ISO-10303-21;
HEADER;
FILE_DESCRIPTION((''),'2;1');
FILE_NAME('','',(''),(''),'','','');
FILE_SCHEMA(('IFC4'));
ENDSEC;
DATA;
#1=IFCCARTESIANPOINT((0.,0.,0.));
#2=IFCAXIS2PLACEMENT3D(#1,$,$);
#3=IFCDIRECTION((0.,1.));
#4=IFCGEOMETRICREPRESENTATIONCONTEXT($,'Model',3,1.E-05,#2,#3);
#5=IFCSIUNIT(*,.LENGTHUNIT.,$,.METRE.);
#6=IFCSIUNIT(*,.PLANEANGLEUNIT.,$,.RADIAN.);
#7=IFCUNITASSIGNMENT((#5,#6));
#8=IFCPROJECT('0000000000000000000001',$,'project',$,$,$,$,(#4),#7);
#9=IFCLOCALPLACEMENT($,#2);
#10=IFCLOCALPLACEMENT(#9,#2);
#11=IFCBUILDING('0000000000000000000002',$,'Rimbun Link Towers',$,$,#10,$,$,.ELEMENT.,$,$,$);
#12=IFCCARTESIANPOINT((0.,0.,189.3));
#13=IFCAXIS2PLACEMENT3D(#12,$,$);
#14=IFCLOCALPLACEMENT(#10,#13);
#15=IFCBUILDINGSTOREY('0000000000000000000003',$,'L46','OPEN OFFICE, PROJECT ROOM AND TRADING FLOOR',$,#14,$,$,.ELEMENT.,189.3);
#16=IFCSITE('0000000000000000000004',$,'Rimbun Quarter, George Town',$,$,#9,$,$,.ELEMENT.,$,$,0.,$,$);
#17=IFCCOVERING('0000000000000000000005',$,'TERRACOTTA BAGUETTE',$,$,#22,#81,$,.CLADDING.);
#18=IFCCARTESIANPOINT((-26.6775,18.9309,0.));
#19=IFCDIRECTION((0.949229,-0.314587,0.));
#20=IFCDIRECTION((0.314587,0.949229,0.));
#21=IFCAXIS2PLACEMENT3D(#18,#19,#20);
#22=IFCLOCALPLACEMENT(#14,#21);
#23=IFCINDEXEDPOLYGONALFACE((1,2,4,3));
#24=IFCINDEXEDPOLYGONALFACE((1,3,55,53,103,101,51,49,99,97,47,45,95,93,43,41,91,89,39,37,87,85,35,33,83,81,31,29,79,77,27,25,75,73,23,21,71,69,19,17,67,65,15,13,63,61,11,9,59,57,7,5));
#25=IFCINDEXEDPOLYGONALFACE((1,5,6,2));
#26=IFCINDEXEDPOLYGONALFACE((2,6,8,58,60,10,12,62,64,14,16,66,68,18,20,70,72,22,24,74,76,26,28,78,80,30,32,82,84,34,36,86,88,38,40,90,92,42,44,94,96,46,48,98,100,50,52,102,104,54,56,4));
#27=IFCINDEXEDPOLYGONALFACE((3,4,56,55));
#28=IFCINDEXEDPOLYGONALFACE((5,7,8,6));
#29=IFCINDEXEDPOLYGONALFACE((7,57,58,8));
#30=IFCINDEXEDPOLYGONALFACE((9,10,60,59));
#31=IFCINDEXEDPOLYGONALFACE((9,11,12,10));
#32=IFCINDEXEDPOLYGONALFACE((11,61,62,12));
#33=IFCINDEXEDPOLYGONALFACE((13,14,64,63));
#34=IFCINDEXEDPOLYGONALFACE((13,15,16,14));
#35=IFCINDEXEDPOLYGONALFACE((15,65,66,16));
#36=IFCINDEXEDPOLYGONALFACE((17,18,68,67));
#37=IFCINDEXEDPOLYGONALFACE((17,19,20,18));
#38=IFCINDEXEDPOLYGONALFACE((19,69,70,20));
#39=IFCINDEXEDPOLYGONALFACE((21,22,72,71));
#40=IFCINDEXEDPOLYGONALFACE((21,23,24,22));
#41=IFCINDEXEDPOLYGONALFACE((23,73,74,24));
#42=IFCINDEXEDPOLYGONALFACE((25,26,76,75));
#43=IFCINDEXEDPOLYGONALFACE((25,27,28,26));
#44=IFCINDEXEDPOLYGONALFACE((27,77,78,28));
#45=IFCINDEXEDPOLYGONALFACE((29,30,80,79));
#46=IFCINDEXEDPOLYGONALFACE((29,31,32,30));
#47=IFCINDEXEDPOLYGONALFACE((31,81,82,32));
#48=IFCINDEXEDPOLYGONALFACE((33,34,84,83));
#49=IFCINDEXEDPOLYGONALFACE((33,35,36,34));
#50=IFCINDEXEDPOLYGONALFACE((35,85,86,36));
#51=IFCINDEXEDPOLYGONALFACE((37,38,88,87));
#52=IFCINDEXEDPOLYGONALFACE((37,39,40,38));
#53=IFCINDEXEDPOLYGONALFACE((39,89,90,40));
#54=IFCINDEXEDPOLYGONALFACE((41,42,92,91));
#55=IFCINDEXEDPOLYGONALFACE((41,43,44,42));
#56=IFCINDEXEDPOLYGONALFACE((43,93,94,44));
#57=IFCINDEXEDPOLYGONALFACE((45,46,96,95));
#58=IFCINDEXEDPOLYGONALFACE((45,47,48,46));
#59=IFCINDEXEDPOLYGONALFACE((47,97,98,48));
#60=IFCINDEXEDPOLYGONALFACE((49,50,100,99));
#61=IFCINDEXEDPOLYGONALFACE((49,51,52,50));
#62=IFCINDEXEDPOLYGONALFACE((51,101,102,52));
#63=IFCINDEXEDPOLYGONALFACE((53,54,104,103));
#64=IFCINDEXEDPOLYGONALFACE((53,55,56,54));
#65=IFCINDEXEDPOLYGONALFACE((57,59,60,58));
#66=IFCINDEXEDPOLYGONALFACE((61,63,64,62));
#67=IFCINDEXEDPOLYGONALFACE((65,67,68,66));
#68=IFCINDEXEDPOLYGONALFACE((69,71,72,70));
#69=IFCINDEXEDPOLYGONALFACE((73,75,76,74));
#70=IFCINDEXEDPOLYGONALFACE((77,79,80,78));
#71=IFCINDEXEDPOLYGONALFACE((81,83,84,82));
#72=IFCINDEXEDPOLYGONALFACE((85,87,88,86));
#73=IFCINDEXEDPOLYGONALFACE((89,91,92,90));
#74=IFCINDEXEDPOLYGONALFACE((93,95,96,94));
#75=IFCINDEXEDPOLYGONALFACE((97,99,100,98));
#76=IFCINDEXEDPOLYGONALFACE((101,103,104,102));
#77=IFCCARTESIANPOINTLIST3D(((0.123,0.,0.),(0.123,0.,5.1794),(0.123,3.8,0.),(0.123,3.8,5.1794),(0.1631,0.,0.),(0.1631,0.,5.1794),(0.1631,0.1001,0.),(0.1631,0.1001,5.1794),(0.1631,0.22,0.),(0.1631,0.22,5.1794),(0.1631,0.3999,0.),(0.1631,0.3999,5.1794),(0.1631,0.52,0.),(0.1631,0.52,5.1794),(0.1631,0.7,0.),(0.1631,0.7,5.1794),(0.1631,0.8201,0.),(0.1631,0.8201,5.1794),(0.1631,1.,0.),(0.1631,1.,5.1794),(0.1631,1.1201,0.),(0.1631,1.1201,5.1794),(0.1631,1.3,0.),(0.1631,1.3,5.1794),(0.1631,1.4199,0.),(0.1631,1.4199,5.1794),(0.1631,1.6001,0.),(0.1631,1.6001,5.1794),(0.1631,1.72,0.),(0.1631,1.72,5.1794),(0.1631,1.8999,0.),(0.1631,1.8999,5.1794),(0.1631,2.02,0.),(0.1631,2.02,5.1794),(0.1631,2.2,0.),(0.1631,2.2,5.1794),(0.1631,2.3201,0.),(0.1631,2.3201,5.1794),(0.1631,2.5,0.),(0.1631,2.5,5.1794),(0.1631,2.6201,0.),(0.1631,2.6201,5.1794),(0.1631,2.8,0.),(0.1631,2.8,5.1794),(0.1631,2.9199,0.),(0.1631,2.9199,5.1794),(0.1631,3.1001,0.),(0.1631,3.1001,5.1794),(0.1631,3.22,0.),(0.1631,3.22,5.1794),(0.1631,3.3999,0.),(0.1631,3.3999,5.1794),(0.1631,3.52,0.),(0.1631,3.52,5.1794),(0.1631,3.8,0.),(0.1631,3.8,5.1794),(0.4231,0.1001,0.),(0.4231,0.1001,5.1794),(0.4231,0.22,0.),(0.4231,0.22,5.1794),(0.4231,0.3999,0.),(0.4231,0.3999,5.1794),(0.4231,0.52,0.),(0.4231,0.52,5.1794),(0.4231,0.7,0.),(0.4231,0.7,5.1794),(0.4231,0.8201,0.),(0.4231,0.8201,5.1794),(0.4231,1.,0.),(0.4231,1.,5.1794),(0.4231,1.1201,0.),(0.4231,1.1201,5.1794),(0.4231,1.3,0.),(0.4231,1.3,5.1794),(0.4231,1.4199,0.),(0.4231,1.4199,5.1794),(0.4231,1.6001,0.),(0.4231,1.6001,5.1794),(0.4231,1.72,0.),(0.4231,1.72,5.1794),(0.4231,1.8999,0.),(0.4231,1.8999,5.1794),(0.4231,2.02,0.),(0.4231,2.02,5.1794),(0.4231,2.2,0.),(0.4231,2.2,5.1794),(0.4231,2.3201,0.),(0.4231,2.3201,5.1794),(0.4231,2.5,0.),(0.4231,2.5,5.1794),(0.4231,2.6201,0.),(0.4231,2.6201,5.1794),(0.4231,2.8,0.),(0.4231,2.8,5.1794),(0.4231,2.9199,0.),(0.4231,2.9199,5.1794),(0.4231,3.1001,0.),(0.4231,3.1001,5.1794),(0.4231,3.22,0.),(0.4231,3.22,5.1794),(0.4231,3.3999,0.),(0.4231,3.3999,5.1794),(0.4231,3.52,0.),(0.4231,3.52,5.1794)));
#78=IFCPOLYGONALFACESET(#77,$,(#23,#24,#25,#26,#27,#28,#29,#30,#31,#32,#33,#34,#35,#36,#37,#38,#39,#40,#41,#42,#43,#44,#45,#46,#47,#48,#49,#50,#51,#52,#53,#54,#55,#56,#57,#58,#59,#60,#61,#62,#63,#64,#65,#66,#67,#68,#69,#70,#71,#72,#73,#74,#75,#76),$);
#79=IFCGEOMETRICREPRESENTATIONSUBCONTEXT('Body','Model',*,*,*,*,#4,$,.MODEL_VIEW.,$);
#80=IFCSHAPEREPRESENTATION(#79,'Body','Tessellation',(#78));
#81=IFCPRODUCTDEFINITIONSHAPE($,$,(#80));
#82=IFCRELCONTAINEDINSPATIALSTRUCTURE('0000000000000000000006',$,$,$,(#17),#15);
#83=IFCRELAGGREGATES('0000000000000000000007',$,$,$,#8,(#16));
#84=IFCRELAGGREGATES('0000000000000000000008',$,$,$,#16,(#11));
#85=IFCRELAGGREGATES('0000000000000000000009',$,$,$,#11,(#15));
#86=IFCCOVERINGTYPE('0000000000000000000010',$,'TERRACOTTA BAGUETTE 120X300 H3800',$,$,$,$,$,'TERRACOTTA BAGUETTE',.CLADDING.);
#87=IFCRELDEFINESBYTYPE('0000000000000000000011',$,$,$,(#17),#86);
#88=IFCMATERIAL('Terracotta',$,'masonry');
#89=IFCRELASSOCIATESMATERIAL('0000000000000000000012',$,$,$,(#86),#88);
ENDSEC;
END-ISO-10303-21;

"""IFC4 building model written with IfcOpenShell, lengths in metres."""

from ifc_helpers import new_model, si_unit, direction, frame, origin, place, context, subcontext, project, spatial, polyline, outline, extrude, material, material_profile, profile_set, type_object, element, save


model = new_model("IFC4")

# Units and contexts
model_context = context("Model", 3, precision=1e-05, world=origin(), true_north=direction((0.0, 1.0)))
body_context = subcontext(model_context, "Body", "Model", "MODEL_VIEW")
ifc_project = project(units=[si_unit("LENGTHUNIT", "METRE"), si_unit("PLANEANGLEUNIT", "RADIAN")], contexts=[model_context])

# Site, building, storey
site_placement = place(None, origin())
site = spatial("IfcSite", under=ifc_project, at=site_placement, Name="Rimbun Quarter, George Town", CompositionType="ELEMENT", RefElevation=0.0)
building_placement = place(site_placement, origin())
building = spatial("IfcBuilding", under=site, at=building_placement, Name="Rimbun Link Towers", CompositionType="ELEMENT")
storey_placement = place(building_placement, frame((0.0, 0.0, 189.3)))
storey = spatial("IfcBuildingStorey", under=building, at=storey_placement, Name="L46", Description="OPEN OFFICE, PROJECT ROOM AND TRADING FLOOR", CompositionType="ELEMENT", Elevation=189.3)

# Covering
ifc_material_1 = material(Name="Terracotta", Category="masonry")
ifc_material_profile_1 = material_profile(ifc_material_1, outline(polyline([(0.123, 0.0), (0.1631, 0.0), (0.1631, 0.1001), (0.4231, 0.1001), (0.4231, 0.22), (0.1631, 0.22), (0.1631, 0.3999), (0.4231, 0.3999), (0.4231, 0.52), (0.1631, 0.52), (0.1631, 0.7), (0.4231, 0.7), (0.4231, 0.8201), (0.1631, 0.8201), (0.1631, 1.0), (0.4231, 1.0), (0.4231, 1.1201), (0.1631, 1.1201), (0.1631, 1.3), (0.4231, 1.3), (0.4231, 1.4199), (0.1631, 1.4199), (0.1631, 1.6001), (0.4231, 1.6001), (0.4231, 1.72), (0.1631, 1.72), (0.1631, 1.8999), (0.4231, 1.8999), (0.4231, 2.02), (0.1631, 2.02), (0.1631, 2.2), (0.4231, 2.2), (0.4231, 2.3201), (0.1631, 2.3201), (0.1631, 2.5), (0.4231, 2.5), (0.4231, 2.6201), (0.1631, 2.6201), (0.1631, 2.8), (0.4231, 2.8), (0.4231, 2.9199), (0.1631, 2.9199), (0.1631, 3.1001), (0.4231, 3.1001), (0.4231, 3.22), (0.1631, 3.22), (0.1631, 3.3999), (0.4231, 3.3999), (0.4231, 3.52), (0.1631, 3.52), (0.1631, 3.8), (0.123, 3.8), (0.123, 0.0)])), Name="BAGUETTE 120X300")
ifc_profile_set_1 = profile_set([ifc_material_profile_1], Name="Terracotta")
covering_type = type_object("IfcCoveringType", Name="TERRACOTTA BAGUETTE 120X300 H3800", ElementType="TERRACOTTA BAGUETTE", PredefinedType="CLADDING", material=ifc_profile_set_1)
covering_1_placement = place(storey_placement, frame((-26.6775, 18.9309, 0.0), z_axis=(0.949229, -0.314587, 0.0), x_axis=(0.314587, 0.949229, 0.0)))
element("IfcCovering", 1, at=covering_1_placement, inside=storey, type_object=covering_type, Name="TERRACOTTA BAGUETTE", PredefinedType="CLADDING", context=body_context, shape_type="SweptSolid", body=[
    extrude(outline(polyline([(0.123, 0.0), (0.1631, 0.0), (0.1631, 0.1001), (0.4231, 0.1001), (0.4231, 0.22), (0.1631, 0.22), (0.1631, 0.3999), (0.4231, 0.3999), (0.4231, 0.52), (0.1631, 0.52), (0.1631, 0.7), (0.4231, 0.7), (0.4231, 0.8201), (0.1631, 0.8201), (0.1631, 1.0), (0.4231, 1.0), (0.4231, 1.1201), (0.1631, 1.1201), (0.1631, 1.3), (0.4231, 1.3), (0.4231, 1.4199), (0.1631, 1.4199), (0.1631, 1.6001), (0.4231, 1.6001), (0.4231, 1.72), (0.1631, 1.72), (0.1631, 1.8999), (0.4231, 1.8999), (0.4231, 2.02), (0.1631, 2.02), (0.1631, 2.2), (0.4231, 2.2), (0.4231, 2.3201), (0.1631, 2.3201), (0.1631, 2.5), (0.4231, 2.5), (0.4231, 2.6201), (0.1631, 2.6201), (0.1631, 2.8), (0.4231, 2.8), (0.4231, 2.9199), (0.1631, 2.9199), (0.1631, 3.1001), (0.4231, 3.1001), (0.4231, 3.22), (0.1631, 3.22), (0.1631, 3.3999), (0.4231, 3.3999), (0.4231, 3.52), (0.1631, 3.52), (0.1631, 3.8), (0.123, 3.8), (0.123, 0.0)])), origin(), (0.0, 0.0, 1.0), 5.1794),
])

save(model, "model.ifc")
